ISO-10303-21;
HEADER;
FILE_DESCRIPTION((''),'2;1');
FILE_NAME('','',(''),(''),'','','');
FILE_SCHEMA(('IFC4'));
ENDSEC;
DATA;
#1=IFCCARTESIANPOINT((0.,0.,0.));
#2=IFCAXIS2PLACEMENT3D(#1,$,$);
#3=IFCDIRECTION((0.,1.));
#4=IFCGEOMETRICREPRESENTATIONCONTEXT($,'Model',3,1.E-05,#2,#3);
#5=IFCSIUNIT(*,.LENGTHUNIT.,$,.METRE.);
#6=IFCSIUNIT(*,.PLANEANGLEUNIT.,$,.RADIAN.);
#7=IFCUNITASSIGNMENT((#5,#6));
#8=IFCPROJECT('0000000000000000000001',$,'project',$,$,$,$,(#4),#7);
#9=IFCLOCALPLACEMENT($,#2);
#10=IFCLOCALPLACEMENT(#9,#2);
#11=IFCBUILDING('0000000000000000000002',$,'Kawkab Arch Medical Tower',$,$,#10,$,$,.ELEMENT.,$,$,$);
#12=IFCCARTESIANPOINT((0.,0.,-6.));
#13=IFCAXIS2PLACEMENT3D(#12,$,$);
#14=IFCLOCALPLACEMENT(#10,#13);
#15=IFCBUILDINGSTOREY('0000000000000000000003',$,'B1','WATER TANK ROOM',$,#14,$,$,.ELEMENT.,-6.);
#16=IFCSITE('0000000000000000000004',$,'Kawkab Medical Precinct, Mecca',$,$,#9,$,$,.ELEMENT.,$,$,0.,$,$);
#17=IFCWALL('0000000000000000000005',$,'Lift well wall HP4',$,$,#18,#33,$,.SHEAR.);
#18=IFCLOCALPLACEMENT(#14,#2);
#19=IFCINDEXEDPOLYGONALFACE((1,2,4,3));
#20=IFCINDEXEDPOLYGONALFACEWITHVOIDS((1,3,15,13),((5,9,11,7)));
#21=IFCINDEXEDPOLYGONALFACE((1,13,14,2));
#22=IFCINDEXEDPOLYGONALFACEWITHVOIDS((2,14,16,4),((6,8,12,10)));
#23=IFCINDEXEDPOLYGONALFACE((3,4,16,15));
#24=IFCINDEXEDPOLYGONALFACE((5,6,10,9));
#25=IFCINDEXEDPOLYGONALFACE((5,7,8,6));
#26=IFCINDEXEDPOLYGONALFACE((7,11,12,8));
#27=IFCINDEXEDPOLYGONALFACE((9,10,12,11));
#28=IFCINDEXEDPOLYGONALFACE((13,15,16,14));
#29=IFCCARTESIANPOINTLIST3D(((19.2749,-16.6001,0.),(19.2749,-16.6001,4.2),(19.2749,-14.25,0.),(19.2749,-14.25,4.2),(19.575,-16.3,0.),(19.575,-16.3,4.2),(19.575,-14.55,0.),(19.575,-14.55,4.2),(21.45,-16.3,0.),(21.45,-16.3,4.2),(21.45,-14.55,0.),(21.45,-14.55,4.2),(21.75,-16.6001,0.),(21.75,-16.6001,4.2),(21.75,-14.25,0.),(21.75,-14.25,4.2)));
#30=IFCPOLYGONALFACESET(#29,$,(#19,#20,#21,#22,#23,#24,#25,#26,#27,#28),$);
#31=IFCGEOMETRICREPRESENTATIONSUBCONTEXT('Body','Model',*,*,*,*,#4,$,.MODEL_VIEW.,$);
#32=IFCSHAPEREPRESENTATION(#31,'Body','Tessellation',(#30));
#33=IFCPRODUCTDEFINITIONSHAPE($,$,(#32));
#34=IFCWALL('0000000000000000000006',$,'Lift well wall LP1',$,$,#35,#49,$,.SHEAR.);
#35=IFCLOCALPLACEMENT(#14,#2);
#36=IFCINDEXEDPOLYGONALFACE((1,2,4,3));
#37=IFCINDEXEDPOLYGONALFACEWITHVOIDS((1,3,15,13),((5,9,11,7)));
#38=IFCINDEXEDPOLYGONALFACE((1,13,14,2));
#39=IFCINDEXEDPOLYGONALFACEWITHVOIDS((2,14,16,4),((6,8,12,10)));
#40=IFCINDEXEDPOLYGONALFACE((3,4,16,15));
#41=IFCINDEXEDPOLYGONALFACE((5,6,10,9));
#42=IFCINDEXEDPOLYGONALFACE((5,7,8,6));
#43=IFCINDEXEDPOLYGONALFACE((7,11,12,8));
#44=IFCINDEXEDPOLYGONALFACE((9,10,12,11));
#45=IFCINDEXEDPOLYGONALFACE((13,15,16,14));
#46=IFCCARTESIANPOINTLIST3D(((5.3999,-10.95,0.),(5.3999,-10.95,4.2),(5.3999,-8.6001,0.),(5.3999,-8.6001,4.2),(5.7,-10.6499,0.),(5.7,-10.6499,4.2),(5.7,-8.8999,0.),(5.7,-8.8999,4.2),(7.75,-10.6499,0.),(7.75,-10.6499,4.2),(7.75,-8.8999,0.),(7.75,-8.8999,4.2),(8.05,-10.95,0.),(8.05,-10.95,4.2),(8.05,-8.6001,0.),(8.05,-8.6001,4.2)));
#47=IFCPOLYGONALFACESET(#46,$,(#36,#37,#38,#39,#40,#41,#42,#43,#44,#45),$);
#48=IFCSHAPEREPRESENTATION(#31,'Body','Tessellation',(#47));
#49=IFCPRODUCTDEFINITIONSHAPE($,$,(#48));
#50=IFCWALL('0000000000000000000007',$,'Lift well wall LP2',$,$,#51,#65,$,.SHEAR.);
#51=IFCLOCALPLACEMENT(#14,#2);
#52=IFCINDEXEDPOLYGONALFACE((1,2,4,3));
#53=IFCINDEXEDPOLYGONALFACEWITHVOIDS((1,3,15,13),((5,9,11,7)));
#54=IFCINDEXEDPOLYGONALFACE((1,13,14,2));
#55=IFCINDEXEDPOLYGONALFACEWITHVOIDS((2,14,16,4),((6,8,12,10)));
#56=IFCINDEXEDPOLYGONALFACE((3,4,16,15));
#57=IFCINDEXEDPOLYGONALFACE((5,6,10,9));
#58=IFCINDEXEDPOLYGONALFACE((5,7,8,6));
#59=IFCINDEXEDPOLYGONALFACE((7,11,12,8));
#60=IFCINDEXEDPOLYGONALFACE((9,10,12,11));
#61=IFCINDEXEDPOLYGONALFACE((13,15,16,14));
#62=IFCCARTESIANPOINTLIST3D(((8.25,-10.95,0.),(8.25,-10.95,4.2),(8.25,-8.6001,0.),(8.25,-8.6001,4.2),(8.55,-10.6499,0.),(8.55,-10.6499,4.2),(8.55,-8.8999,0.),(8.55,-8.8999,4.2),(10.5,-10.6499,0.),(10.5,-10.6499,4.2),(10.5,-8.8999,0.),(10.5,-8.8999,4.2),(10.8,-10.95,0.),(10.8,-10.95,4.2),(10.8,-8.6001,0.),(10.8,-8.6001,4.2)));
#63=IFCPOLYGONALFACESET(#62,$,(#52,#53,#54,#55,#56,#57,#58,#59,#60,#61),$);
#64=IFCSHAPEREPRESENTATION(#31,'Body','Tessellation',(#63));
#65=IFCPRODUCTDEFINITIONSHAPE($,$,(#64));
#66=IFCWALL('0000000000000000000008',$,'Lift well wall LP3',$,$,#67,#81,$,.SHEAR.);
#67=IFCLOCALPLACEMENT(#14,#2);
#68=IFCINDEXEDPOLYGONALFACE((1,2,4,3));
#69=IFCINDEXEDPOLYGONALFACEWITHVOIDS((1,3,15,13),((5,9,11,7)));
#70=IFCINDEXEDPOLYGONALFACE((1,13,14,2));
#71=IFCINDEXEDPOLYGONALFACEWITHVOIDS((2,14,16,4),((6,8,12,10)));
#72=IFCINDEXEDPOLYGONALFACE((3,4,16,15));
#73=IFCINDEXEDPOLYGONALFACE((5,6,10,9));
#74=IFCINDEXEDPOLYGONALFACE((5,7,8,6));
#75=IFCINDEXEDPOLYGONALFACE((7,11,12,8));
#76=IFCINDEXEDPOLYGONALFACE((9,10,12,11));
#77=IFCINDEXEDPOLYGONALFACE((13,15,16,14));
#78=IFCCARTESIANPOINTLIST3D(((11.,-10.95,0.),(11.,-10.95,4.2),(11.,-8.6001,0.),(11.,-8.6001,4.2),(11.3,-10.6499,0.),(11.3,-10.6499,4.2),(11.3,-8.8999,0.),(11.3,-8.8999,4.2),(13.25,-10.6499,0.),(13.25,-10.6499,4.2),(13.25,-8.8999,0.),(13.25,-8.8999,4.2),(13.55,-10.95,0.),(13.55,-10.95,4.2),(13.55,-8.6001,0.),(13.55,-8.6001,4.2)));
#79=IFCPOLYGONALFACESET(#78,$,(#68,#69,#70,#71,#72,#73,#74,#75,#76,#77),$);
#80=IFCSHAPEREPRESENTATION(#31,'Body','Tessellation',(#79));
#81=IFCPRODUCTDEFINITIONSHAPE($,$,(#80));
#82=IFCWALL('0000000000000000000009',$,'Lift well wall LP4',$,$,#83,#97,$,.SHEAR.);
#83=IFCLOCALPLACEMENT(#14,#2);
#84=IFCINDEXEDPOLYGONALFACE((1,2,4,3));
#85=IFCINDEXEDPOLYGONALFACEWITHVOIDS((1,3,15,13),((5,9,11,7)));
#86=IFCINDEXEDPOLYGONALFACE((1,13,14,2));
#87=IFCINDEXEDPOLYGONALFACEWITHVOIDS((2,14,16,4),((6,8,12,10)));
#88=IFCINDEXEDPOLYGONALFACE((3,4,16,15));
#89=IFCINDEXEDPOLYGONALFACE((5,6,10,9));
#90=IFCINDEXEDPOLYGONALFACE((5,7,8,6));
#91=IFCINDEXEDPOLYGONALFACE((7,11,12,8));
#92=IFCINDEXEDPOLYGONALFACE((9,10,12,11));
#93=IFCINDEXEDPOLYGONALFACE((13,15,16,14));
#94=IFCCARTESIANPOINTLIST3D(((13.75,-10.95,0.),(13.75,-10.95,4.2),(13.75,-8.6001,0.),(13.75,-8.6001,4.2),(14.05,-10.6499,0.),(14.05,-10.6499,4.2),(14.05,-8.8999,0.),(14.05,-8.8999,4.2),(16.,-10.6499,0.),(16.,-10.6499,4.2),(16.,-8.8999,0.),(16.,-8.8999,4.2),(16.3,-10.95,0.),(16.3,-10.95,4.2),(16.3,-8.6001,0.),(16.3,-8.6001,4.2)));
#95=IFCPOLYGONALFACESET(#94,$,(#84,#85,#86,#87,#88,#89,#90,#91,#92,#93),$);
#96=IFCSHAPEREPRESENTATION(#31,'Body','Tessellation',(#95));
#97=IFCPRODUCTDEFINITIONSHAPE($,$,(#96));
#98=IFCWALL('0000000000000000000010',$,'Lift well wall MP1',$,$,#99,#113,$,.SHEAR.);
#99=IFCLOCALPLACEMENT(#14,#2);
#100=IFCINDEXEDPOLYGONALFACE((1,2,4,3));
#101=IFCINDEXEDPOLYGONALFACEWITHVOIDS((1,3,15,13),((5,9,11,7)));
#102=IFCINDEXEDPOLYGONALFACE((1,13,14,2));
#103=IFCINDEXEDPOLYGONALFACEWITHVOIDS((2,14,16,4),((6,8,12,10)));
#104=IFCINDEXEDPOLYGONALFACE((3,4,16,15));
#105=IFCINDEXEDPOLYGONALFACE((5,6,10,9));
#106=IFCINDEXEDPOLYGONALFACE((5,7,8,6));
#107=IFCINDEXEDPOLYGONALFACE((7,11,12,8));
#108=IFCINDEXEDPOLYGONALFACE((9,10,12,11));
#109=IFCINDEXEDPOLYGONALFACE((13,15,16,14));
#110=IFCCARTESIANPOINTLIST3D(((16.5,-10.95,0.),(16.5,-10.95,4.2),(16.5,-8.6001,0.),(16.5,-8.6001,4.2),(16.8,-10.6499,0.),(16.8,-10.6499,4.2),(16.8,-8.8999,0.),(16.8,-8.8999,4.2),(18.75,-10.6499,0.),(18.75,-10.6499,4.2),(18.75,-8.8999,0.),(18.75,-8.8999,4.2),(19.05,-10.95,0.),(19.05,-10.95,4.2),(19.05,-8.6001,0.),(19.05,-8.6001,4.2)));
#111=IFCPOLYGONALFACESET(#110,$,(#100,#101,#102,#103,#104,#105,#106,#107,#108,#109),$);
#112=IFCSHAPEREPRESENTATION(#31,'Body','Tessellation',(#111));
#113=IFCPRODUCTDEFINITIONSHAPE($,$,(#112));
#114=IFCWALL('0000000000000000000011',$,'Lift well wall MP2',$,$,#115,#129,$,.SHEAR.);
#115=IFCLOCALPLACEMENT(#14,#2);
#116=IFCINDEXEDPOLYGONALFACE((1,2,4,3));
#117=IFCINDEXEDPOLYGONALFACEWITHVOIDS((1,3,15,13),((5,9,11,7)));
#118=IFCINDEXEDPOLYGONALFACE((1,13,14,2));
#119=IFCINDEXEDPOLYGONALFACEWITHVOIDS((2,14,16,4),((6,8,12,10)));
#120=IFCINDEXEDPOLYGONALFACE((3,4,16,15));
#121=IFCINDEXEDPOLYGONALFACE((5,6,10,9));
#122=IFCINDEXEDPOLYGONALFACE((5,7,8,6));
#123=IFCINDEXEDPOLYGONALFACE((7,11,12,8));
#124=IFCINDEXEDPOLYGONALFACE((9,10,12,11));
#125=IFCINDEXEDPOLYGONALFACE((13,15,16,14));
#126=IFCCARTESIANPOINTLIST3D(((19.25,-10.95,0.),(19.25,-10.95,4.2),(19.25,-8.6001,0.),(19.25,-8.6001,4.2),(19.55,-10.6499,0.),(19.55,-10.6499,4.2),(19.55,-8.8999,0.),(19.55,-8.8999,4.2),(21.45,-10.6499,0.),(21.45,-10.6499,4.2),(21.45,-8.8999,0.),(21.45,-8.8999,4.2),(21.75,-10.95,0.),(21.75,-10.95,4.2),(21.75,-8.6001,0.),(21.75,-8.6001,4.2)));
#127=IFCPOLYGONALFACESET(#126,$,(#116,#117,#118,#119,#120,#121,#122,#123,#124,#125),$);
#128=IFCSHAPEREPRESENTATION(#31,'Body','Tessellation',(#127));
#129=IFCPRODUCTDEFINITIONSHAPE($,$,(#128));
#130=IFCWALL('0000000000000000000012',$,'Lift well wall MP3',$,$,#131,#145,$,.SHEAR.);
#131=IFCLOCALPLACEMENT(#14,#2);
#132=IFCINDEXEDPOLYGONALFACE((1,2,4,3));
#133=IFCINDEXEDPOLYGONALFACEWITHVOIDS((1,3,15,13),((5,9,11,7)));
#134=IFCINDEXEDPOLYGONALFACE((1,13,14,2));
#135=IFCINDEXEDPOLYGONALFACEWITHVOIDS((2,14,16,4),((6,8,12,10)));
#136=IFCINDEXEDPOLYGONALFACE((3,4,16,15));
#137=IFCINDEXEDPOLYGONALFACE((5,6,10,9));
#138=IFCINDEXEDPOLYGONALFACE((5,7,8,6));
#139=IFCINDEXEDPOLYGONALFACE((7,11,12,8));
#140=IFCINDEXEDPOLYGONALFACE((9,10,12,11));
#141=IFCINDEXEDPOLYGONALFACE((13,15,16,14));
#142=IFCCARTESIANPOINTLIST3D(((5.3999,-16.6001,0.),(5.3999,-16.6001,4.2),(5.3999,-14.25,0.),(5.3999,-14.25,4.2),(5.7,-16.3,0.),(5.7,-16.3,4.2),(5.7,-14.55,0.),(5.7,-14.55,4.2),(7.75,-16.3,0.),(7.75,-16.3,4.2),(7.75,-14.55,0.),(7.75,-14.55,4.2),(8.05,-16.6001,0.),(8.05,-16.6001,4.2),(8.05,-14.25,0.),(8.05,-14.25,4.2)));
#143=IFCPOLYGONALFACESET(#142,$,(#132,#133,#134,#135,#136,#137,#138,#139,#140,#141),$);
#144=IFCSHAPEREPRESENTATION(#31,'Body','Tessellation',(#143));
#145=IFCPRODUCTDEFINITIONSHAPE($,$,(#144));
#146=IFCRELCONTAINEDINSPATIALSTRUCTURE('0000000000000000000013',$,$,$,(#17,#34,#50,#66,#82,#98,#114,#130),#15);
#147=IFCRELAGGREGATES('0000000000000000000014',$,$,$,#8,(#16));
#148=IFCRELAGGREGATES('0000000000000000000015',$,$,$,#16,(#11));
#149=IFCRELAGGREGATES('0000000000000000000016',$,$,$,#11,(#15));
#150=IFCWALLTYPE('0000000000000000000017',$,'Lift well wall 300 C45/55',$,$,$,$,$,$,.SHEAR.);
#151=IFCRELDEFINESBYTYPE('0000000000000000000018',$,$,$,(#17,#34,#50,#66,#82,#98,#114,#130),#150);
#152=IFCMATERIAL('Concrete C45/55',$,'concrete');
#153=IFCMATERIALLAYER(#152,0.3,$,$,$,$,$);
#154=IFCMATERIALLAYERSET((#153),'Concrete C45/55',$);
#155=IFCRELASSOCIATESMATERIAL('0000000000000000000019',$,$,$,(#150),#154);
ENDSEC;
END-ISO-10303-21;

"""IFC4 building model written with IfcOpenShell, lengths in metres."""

from ifc_helpers import new_model, si_unit, direction, frame, origin, place, context, subcontext, project, spatial, polyline, outline, extrude, material, layer, layer_set, type_object, element, save


model = new_model("IFC4")

# Units and contexts
model_context = context("Model", 3, precision=1e-05, world=origin(), true_north=direction((0.0, 1.0)))
body_context = subcontext(model_context, "Body", "Model", "MODEL_VIEW")
ifc_project = project(units=[si_unit("LENGTHUNIT", "METRE"), si_unit("PLANEANGLEUNIT", "RADIAN")], contexts=[model_context])

# Site, building, storey
site_placement = place(None, origin())
site = spatial("IfcSite", under=ifc_project, at=site_placement, Name="Kawkab Medical Precinct, Mecca", CompositionType="ELEMENT", RefElevation=0.0)
building_placement = place(site_placement, origin())
building = spatial("IfcBuilding", under=site, at=building_placement, Name="Kawkab Arch Medical Tower", CompositionType="ELEMENT")
storey_placement = place(building_placement, frame((0.0, 0.0, -6.0)))
storey = spatial("IfcBuildingStorey", under=building, at=storey_placement, Name="B1", Description="WATER TANK ROOM", CompositionType="ELEMENT", Elevation=-6.0)

# Walls
placement = place(storey_placement, origin())
ifc_material_1 = material(Name="Concrete C45/55", Category="concrete")
ifc_layer_1 = layer(ifc_material_1, 0.3)
ifc_layer_set_1 = layer_set([ifc_layer_1], Name="Concrete C45/55")
wall_type_1 = type_object("IfcWallType", Name="Lift well wall 300 C45/55", PredefinedType="SHEAR", material=ifc_layer_set_1)
element("IfcWall", 1, at=placement, inside=storey, type_object=wall_type_1, Name="Lift well wall HP4", PredefinedType="SHEAR", context=body_context, shape_type="SweptSolid", body=[
    extrude(outline(polyline([(19.2749, -16.6001), (19.2749, -14.25), (21.75, -14.25), (21.75, -16.6001), (19.2749, -16.6001)]), holes=[polyline([(21.45, -14.55), (19.575, -14.55), (19.575, -16.3), (21.45, -16.3), (21.45, -14.55)])]), origin(), (0.0, 0.0, 1.0), 4.2),
])
element("IfcWall", 2, at=placement, inside=storey, type_object=wall_type_1, Name="Lift well wall LP1", PredefinedType="SHEAR", context=body_context, shape_type="SweptSolid", body=[
    extrude(outline(polyline([(5.3999, -10.95), (5.3999, -8.6001), (8.05, -8.6001), (8.05, -10.95), (5.3999, -10.95)]), holes=[polyline([(7.75, -8.8999), (5.7, -8.8999), (5.7, -10.6499), (7.75, -10.6499), (7.75, -8.8999)])]), origin(), (0.0, 0.0, 1.0), 4.2),
])
element("IfcWall", 3, at=placement, inside=storey, type_object=wall_type_1, Name="Lift well wall LP2", PredefinedType="SHEAR", context=body_context, shape_type="SweptSolid", body=[
    extrude(outline(polyline([(8.25, -10.95), (8.25, -8.6001), (10.8, -8.6001), (10.8, -10.95), (8.25, -10.95)]), holes=[polyline([(10.5, -8.8999), (8.55, -8.8999), (8.55, -10.6499), (10.5, -10.6499), (10.5, -8.8999)])]), origin(), (0.0, 0.0, 1.0), 4.2),
])
element("IfcWall", 4, at=placement, inside=storey, type_object=wall_type_1, Name="Lift well wall LP3", PredefinedType="SHEAR", context=body_context, shape_type="SweptSolid", body=[
    extrude(outline(polyline([(11.0, -10.95), (11.0, -8.6001), (13.55, -8.6001), (13.55, -10.95), (11.0, -10.95)]), holes=[polyline([(13.25, -8.8999), (11.3, -8.8999), (11.3, -10.6499), (13.25, -10.6499), (13.25, -8.8999)])]), origin(), (0.0, 0.0, 1.0), 4.2),
])
element("IfcWall", 5, at=placement, inside=storey, type_object=wall_type_1, Name="Lift well wall LP4", PredefinedType="SHEAR", context=body_context, shape_type="SweptSolid", body=[
    extrude(outline(polyline([(13.75, -10.95), (13.75, -8.6001), (16.3, -8.6001), (16.3, -10.95), (13.75, -10.95)]), holes=[polyline([(16.0, -8.8999), (14.05, -8.8999), (14.05, -10.6499), (16.0, -10.6499), (16.0, -8.8999)])]), origin(), (0.0, 0.0, 1.0), 4.2),
])
element("IfcWall", 6, at=placement, inside=storey, type_object=wall_type_1, Name="Lift well wall MP1", PredefinedType="SHEAR", context=body_context, shape_type="SweptSolid", body=[
    extrude(outline(polyline([(16.5, -10.95), (16.5, -8.6001), (19.05, -8.6001), (19.05, -10.95), (16.5, -10.95)]), holes=[polyline([(18.75, -8.8999), (16.8, -8.8999), (16.8, -10.6499), (18.75, -10.6499), (18.75, -8.8999)])]), origin(), (0.0, 0.0, 1.0), 4.2),
])
element("IfcWall", 7, at=placement, inside=storey, type_object=wall_type_1, Name="Lift well wall MP2", PredefinedType="SHEAR", context=body_context, shape_type="SweptSolid", body=[
    extrude(outline(polyline([(19.25, -10.95), (19.25, -8.6001), (21.75, -8.6001), (21.75, -10.95), (19.25, -10.95)]), holes=[polyline([(21.45, -8.8999), (19.55, -8.8999), (19.55, -10.6499), (21.45, -10.6499), (21.45, -8.8999)])]), origin(), (0.0, 0.0, 1.0), 4.2),
])
element("IfcWall", 8, at=placement, inside=storey, type_object=wall_type_1, Name="Lift well wall MP3", PredefinedType="SHEAR", context=body_context, shape_type="SweptSolid", body=[
    extrude(outline(polyline([(5.3999, -16.6001), (5.3999, -14.25), (8.05, -14.25), (8.05, -16.6001), (5.3999, -16.6001)]), holes=[polyline([(7.75, -14.55), (5.7, -14.55), (5.7, -16.3), (7.75, -16.3), (7.75, -14.55)])]), origin(), (0.0, 0.0, 1.0), 4.2),
])

save(model, "model.ifc")
